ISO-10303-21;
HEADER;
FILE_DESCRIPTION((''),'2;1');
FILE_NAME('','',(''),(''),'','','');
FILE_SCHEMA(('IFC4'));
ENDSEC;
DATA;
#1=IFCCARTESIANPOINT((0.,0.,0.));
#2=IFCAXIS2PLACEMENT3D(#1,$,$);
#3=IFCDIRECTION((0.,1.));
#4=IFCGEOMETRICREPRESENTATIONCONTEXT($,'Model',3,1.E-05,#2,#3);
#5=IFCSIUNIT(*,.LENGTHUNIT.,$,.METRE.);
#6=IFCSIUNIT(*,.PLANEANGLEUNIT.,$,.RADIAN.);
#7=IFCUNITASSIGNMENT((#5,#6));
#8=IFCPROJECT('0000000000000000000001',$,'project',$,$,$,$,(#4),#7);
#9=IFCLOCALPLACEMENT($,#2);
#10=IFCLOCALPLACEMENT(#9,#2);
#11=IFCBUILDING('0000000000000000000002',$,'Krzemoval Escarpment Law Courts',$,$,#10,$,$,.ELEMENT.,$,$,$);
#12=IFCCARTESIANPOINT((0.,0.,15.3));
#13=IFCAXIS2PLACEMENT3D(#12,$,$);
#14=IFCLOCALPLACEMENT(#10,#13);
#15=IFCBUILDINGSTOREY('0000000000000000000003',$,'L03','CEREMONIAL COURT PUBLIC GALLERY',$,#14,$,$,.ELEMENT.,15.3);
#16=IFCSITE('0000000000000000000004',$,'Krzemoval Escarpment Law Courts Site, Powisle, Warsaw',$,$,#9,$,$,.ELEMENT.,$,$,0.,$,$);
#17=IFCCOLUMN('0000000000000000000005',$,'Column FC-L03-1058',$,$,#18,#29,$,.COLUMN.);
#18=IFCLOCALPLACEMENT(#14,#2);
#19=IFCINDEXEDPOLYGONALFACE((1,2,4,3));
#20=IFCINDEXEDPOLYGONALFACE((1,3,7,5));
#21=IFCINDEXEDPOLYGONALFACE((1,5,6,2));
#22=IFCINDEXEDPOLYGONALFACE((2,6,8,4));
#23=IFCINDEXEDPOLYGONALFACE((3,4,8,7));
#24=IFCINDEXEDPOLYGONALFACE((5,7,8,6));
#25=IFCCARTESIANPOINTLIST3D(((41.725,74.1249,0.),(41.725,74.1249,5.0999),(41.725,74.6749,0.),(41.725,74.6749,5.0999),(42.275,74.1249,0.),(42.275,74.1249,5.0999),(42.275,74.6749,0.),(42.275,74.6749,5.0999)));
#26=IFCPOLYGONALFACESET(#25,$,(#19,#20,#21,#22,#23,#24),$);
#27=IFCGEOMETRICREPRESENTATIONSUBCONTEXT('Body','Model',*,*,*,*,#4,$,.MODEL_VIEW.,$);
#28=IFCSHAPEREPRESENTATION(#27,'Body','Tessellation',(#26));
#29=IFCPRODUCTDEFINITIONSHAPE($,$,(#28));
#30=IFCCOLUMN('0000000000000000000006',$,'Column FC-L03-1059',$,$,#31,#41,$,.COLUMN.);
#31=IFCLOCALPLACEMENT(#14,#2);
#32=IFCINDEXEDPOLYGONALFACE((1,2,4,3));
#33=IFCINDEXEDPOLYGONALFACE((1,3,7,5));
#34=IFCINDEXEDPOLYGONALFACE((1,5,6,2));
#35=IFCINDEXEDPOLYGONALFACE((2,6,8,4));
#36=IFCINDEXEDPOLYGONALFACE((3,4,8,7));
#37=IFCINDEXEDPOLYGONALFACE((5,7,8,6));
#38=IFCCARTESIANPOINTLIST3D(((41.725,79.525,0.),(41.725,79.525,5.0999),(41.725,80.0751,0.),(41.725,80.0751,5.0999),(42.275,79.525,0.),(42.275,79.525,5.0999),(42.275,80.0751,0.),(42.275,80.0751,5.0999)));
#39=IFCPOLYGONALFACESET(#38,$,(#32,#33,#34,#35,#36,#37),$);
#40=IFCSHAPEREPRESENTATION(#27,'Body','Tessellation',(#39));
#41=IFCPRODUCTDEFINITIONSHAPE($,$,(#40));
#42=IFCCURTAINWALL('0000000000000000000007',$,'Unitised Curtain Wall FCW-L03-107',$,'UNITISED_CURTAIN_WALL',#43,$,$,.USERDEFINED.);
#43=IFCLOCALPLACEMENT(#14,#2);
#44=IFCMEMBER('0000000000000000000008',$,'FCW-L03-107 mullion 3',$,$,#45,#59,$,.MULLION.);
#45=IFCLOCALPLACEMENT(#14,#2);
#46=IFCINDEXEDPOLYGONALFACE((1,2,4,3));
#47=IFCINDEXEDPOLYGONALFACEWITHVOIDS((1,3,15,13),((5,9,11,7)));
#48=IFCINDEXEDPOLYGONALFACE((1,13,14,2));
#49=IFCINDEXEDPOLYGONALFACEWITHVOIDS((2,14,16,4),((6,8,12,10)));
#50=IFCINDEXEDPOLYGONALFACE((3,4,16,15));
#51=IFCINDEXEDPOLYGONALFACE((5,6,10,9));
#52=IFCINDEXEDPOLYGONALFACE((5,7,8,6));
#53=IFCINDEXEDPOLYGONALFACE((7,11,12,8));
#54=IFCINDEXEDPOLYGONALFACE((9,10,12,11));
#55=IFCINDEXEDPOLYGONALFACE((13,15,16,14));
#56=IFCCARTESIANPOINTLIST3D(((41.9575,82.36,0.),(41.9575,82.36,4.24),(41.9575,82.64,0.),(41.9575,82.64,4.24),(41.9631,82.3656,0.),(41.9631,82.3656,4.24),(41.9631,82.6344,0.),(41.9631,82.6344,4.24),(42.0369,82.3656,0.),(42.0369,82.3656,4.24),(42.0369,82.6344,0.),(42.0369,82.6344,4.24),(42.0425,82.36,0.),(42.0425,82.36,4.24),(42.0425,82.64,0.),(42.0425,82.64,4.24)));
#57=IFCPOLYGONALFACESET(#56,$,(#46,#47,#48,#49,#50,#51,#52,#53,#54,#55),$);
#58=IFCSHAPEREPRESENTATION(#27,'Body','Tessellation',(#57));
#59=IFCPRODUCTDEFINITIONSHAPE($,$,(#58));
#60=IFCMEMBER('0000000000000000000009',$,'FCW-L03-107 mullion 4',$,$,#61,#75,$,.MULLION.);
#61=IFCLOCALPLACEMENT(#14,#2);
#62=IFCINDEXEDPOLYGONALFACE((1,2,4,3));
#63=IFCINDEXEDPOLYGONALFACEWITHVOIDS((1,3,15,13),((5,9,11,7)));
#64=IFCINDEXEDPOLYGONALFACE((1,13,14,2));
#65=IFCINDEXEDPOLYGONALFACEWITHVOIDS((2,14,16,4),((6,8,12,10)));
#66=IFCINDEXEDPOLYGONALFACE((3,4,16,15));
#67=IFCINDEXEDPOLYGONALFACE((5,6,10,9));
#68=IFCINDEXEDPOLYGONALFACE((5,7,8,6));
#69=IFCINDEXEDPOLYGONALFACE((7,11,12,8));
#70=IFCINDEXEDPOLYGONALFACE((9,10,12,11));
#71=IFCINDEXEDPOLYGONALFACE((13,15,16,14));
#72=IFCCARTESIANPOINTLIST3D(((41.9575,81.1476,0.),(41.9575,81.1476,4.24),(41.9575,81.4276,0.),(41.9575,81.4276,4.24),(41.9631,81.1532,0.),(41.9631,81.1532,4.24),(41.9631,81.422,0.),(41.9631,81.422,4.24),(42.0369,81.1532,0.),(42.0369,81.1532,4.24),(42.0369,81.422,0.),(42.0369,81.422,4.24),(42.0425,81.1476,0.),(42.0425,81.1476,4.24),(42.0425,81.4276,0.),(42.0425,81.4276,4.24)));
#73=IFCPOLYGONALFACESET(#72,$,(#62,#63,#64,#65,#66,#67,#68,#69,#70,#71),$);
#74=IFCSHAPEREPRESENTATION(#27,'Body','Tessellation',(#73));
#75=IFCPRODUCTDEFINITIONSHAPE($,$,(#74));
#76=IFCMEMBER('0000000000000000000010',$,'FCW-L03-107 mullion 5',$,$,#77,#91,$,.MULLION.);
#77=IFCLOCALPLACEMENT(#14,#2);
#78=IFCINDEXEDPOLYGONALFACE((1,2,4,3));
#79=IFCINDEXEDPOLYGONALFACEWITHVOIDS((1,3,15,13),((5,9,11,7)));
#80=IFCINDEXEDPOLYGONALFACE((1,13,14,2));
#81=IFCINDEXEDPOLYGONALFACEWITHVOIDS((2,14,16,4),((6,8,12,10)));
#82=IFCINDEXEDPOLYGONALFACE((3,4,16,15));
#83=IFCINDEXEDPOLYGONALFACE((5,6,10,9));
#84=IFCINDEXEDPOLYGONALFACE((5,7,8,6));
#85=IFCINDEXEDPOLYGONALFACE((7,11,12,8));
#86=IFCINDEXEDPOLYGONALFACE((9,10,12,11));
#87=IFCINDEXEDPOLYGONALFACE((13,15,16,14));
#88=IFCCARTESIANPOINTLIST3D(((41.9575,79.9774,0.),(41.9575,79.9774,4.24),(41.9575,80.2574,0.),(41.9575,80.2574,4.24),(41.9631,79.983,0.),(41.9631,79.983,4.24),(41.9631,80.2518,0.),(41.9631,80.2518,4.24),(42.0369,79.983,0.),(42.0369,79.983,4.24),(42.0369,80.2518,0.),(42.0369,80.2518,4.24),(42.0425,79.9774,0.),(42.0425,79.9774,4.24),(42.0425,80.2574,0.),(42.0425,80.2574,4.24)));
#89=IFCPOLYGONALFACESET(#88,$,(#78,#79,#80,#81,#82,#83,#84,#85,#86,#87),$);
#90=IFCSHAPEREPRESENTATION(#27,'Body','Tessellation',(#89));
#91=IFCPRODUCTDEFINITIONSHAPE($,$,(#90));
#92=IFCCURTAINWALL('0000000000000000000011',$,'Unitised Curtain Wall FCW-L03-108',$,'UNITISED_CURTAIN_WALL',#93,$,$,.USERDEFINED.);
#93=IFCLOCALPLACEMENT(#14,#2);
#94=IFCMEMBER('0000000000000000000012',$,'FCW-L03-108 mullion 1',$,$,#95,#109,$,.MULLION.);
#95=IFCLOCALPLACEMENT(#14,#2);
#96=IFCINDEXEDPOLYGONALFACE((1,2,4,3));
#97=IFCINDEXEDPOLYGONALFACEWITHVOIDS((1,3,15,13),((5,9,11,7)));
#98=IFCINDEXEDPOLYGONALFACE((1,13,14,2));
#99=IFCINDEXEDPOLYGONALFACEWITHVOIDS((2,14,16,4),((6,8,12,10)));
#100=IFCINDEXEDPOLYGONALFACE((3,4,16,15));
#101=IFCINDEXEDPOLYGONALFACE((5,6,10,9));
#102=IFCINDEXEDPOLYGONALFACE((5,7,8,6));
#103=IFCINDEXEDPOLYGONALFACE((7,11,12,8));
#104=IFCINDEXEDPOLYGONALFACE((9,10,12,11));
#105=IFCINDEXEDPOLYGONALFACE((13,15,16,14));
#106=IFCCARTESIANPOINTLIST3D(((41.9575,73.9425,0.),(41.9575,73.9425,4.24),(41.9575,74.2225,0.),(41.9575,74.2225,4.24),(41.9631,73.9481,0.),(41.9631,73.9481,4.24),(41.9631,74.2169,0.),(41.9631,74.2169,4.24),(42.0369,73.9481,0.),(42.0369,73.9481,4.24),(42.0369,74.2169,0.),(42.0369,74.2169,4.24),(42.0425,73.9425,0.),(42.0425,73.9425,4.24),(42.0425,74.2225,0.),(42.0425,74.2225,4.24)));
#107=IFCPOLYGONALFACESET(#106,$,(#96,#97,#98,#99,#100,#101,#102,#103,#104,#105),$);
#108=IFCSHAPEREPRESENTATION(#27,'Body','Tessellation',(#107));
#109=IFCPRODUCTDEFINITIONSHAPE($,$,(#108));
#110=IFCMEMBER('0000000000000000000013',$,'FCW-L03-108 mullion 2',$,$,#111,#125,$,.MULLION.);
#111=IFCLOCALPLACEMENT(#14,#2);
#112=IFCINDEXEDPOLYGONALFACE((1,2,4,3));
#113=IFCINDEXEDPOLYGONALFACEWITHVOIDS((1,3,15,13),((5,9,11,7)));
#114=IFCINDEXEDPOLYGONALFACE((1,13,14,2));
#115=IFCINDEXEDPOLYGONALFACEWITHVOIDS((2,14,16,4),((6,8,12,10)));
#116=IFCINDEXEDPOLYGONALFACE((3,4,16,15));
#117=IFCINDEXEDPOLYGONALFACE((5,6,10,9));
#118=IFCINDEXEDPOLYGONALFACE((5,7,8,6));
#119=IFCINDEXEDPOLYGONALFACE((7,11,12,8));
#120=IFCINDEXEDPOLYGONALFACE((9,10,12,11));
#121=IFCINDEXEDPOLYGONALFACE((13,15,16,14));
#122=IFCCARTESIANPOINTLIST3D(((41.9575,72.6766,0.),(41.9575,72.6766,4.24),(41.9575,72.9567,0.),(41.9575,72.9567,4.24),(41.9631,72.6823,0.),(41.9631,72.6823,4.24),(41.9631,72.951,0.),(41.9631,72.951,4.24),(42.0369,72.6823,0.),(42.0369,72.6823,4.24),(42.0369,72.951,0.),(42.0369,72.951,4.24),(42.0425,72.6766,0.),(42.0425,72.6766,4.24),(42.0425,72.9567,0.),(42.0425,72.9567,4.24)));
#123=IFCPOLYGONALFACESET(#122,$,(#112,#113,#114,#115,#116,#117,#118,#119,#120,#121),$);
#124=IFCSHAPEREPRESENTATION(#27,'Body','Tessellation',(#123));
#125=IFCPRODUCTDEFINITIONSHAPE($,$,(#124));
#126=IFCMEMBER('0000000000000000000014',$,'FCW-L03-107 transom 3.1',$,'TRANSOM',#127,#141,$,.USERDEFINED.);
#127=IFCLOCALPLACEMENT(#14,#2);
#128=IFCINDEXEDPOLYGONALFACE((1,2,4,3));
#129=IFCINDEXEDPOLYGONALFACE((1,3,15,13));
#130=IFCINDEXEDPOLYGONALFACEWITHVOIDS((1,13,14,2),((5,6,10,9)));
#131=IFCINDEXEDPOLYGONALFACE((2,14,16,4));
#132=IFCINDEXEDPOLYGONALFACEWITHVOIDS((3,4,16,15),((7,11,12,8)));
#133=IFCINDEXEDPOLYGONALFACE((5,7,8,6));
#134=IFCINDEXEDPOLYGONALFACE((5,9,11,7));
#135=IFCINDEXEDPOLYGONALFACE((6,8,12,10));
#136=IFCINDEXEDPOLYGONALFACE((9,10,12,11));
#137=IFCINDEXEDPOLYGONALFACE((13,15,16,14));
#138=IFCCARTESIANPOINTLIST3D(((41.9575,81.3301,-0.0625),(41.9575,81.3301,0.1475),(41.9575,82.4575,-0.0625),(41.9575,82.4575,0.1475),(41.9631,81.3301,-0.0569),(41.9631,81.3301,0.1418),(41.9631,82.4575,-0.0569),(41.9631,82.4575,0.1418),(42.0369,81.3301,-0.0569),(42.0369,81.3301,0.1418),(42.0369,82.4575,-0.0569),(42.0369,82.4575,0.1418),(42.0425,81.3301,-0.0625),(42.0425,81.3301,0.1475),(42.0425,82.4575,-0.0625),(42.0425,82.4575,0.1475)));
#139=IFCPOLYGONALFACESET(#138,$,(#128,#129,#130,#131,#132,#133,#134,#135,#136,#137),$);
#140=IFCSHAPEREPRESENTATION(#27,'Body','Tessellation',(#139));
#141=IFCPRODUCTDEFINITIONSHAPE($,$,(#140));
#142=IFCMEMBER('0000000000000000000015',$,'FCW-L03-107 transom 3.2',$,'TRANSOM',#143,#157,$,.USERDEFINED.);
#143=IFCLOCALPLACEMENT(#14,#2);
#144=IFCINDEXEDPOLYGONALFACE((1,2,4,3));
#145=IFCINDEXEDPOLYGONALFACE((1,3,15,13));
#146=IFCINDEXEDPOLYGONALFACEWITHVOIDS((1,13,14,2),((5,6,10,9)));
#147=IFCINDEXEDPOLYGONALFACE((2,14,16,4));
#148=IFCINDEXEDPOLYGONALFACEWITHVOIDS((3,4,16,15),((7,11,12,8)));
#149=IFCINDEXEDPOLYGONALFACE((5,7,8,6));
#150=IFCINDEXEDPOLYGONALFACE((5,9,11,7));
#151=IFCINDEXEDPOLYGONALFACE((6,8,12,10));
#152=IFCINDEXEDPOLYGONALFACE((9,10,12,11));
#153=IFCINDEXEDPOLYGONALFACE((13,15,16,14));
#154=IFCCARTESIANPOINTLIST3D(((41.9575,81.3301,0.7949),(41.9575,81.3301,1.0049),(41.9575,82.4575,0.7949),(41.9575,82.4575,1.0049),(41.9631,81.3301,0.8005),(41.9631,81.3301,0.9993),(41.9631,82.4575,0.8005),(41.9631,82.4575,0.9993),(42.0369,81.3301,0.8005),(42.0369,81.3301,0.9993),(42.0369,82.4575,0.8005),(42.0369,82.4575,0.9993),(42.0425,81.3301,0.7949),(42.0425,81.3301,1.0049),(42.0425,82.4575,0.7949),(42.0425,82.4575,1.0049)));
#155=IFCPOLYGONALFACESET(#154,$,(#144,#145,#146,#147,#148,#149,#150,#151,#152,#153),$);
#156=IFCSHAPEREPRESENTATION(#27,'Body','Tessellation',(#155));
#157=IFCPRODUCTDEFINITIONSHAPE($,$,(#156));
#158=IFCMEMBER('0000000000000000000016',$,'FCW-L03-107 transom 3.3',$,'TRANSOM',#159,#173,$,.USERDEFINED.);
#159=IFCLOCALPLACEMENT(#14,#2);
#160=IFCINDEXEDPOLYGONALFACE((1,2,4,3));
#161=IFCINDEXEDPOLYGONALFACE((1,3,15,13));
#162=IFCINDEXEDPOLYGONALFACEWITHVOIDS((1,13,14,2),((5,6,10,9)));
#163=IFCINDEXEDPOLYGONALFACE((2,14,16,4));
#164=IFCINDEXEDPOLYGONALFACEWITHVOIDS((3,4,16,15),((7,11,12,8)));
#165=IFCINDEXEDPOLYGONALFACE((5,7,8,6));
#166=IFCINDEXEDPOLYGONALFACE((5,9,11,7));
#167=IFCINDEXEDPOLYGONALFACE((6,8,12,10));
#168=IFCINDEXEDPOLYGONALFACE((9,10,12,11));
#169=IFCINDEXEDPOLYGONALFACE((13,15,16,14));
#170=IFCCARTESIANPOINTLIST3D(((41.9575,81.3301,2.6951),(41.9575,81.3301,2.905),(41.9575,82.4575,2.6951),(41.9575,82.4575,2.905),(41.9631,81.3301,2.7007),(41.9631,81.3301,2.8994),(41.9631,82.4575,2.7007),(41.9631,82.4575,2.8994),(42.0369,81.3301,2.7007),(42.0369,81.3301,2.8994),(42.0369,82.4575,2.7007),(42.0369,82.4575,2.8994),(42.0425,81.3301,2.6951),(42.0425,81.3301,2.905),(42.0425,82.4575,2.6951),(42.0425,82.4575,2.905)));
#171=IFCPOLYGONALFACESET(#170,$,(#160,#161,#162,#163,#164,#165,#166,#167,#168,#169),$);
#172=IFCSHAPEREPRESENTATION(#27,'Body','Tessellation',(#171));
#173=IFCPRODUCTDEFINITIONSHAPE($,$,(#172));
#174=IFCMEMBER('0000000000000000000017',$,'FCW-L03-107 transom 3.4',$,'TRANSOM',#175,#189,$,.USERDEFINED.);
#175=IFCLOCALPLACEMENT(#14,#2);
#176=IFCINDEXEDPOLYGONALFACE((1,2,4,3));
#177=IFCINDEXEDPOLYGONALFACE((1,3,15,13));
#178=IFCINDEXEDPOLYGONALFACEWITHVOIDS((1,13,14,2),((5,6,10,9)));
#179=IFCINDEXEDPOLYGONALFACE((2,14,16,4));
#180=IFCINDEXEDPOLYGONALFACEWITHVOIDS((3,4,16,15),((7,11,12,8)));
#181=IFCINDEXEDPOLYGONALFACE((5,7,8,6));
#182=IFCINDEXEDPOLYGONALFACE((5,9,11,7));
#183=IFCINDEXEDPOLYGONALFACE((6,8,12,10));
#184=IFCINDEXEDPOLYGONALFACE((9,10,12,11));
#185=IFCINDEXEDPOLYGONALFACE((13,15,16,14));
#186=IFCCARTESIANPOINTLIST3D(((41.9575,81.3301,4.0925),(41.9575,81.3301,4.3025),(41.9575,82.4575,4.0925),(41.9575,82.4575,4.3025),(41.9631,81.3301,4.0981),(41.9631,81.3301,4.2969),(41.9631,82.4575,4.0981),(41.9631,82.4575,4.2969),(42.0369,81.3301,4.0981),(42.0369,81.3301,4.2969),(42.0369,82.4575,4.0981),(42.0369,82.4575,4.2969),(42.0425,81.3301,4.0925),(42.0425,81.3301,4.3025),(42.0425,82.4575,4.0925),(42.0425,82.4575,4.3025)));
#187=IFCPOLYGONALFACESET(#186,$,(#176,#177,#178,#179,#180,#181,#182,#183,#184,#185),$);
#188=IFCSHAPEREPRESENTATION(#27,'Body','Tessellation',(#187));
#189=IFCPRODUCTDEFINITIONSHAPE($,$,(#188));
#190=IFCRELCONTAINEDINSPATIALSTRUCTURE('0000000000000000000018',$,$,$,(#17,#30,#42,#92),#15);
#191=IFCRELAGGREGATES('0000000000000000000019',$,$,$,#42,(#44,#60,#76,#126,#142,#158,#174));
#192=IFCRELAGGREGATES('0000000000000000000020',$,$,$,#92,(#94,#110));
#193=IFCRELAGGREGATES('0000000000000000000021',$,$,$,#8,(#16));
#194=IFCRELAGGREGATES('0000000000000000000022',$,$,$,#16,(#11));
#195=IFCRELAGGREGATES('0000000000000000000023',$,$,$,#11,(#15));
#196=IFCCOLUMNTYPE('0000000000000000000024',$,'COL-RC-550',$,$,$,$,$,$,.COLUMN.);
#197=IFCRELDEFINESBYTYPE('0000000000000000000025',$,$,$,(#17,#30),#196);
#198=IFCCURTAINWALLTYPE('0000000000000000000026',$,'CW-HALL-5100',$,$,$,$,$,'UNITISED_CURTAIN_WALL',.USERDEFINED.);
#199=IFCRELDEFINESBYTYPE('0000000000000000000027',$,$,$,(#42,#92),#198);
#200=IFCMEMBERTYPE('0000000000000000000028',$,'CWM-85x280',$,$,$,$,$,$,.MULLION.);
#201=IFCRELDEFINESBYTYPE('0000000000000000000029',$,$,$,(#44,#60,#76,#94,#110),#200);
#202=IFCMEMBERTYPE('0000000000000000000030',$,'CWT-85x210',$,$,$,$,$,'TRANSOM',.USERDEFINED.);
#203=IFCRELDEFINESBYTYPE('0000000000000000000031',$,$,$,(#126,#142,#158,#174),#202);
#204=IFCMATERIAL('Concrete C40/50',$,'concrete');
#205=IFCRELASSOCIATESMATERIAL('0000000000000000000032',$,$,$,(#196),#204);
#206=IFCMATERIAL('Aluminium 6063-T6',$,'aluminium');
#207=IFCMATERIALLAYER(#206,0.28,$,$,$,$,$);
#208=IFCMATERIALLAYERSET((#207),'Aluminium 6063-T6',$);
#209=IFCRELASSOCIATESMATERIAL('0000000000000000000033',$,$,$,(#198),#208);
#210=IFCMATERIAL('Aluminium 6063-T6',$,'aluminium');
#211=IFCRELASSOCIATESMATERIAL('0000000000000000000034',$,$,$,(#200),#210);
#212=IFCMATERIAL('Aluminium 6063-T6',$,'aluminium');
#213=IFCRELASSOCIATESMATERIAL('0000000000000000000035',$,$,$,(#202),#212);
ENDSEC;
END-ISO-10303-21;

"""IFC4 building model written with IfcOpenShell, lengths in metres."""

from ifc_helpers import new_model, si_unit, direction, frame, origin, origin_2d, place, context, subcontext, project, spatial, rectangle, hollow_rectangle, extrude, material, layer, layer_set, material_profile, profile_set, type_object, element, aggregate, save


model = new_model("IFC4")

# Units and contexts
model_context = context("Model", 3, precision=1e-05, world=origin(), true_north=direction((0.0, 1.0)))
body_context = subcontext(model_context, "Body", "Model", "MODEL_VIEW")
ifc_project = project(units=[si_unit("LENGTHUNIT", "METRE"), si_unit("PLANEANGLEUNIT", "RADIAN")], contexts=[model_context])

# Site, building, storey
site_placement = place(None, origin())
site = spatial("IfcSite", under=ifc_project, at=site_placement, Name="Krzemoval Escarpment Law Courts Site, Powisle, Warsaw", CompositionType="ELEMENT", RefElevation=0.0)
building_placement = place(site_placement, origin())
building = spatial("IfcBuilding", under=site, at=building_placement, Name="Krzemoval Escarpment Law Courts", CompositionType="ELEMENT")
storey_placement = place(building_placement, frame((0.0, 0.0, 15.3)))
storey = spatial("IfcBuildingStorey", under=building, at=storey_placement, Name="L03", Description="CEREMONIAL COURT PUBLIC GALLERY", CompositionType="ELEMENT", Elevation=15.3)

# Columns
ifc_material_1 = material(Name="Concrete C40/50", Category="concrete")
ifc_material_profile_1 = material_profile(ifc_material_1, rectangle(XDim=0.55, YDim=0.55, at=origin_2d()), Name="RC 550x550")
ifc_profile_set_1 = profile_set([ifc_material_profile_1], Name="Concrete C40/50")
column_type = type_object("IfcColumnType", Name="COL-RC-550", PredefinedType="COLUMN", material=ifc_profile_set_1)
for number, where, z_axis, x_axis, name in (
    (1, (42.0, 74.3999, 0.0), (0.0, 0.0, 1.0), (1.0, 0.0, 0.0), "Column FC-L03-1058"),
    (2, (42.0, 79.8, 0.0), (0.0, 0.0, 1.0), (1.0, 0.0, 0.0), "Column FC-L03-1059"),
):
    element("IfcColumn", number, at=place(storey_placement, frame(where, z_axis=z_axis, x_axis=x_axis)), inside=storey, type_object=column_type, Name=name, PredefinedType="COLUMN", context=body_context, shape_type="SweptSolid", body=[
        extrude(rectangle(XDim=0.55, YDim=0.55, at=origin_2d()), origin(), (0.0, 0.0, 1.0), 5.0999),
    ])

# Curtain walls, members
ifc_material_2 = material(Name="Aluminium 6063-T6", Category="aluminium")
ifc_layer_1 = layer(ifc_material_2, 0.28)
ifc_layer_set_1 = layer_set([ifc_layer_1], Name="Aluminium 6063-T6")
curtain_wall_type = type_object("IfcCurtainWallType", Name="CW-HALL-5100", ElementType="UNITISED_CURTAIN_WALL", PredefinedType="USERDEFINED", material=ifc_layer_set_1)
curtain_wall_1_placement = place(storey_placement, origin())
curtain_wall_1 = element("IfcCurtainWall", 3, at=curtain_wall_1_placement, inside=storey, type_object=curtain_wall_type, Name="Unitised Curtain Wall FCW-L03-107", ObjectType="UNITISED_CURTAIN_WALL", PredefinedType="USERDEFINED")
ifc_material_3 = material(Name="Aluminium 6063-T6", Category="aluminium")
ifc_material_profile_2 = material_profile(ifc_material_3, hollow_rectangle(XDim=0.085, YDim=0.28, WallThickness=0.0056, at=origin_2d()), Name="ALU M85x280")
ifc_profile_set_2 = profile_set([ifc_material_profile_2], Name="Aluminium 6063-T6")
member_type_1 = type_object("IfcMemberType", Name="CWM-85x280", PredefinedType="MULLION", material=ifc_profile_set_2)
member_1_placement = place(storey_placement, frame((42.0, 82.5, 0.0), z_axis=(0.0, 0.0, 1.0), x_axis=(1.0, 0.0, 0.0)))
member_1 = element("IfcMember", 4, at=member_1_placement, type_object=member_type_1, Name="FCW-L03-107 mullion 3", PredefinedType="MULLION", context=body_context, shape_type="SweptSolid", body=[
    extrude(hollow_rectangle(XDim=0.085, YDim=0.28, WallThickness=0.0056, at=origin_2d()), origin(), (0.0, 0.0, 1.0), 4.24),
])
member_2_placement = place(storey_placement, frame((42.0, 81.2876, 0.0), z_axis=(0.0, 0.0, 1.0), x_axis=(1.0, 0.0, 0.0)))
member_2 = element("IfcMember", 5, at=member_2_placement, type_object=member_type_1, Name="FCW-L03-107 mullion 4", PredefinedType="MULLION", context=body_context, shape_type="SweptSolid", body=[
    extrude(hollow_rectangle(XDim=0.085, YDim=0.28, WallThickness=0.0056, at=origin_2d()), origin(), (0.0, 0.0, 1.0), 4.24),
])
member_3_placement = place(storey_placement, frame((42.0, 80.1174, 0.0), z_axis=(0.0, 0.0, 1.0), x_axis=(1.0, 0.0, 0.0)))
member_3 = element("IfcMember", 6, at=member_3_placement, type_object=member_type_1, Name="FCW-L03-107 mullion 5", PredefinedType="MULLION", context=body_context, shape_type="SweptSolid", body=[
    extrude(hollow_rectangle(XDim=0.085, YDim=0.28, WallThickness=0.0056, at=origin_2d()), origin(), (0.0, 0.0, 1.0), 4.24),
])
curtain_wall_2_placement = place(storey_placement, origin())
curtain_wall_2 = element("IfcCurtainWall", 7, at=curtain_wall_2_placement, inside=storey, type_object=curtain_wall_type, Name="Unitised Curtain Wall FCW-L03-108", ObjectType="UNITISED_CURTAIN_WALL", PredefinedType="USERDEFINED")
member_4_placement = place(storey_placement, frame((42.0, 74.0825, 0.0), z_axis=(0.0, 0.0, 1.0), x_axis=(1.0, 0.0, 0.0)))
member_4 = element("IfcMember", 8, at=member_4_placement, type_object=member_type_1, Name="FCW-L03-108 mullion 1", PredefinedType="MULLION", context=body_context, shape_type="SweptSolid", body=[
    extrude(hollow_rectangle(XDim=0.085, YDim=0.28, WallThickness=0.0056, at=origin_2d()), origin(), (0.0, 0.0, 1.0), 4.24),
])
member_5_placement = place(storey_placement, frame((42.0, 72.8167, 0.0), z_axis=(0.0, 0.0, 1.0), x_axis=(1.0, 0.0, 0.0)))
member_5 = element("IfcMember", 9, at=member_5_placement, type_object=member_type_1, Name="FCW-L03-108 mullion 2", PredefinedType="MULLION", context=body_context, shape_type="SweptSolid", body=[
    extrude(hollow_rectangle(XDim=0.085, YDim=0.28, WallThickness=0.0056, at=origin_2d()), origin(), (0.0, 0.0, 1.0), 4.24),
])

# Members
ifc_material_4 = material(Name="Aluminium 6063-T6", Category="aluminium")
ifc_material_profile_3 = material_profile(ifc_material_4, hollow_rectangle(XDim=0.085, YDim=0.21, WallThickness=0.0056, at=origin_2d()), Name="ALU T85x210")
ifc_profile_set_3 = profile_set([ifc_material_profile_3], Name="Aluminium 6063-T6")
member_type_2 = type_object("IfcMemberType", Name="CWT-85x210", ElementType="TRANSOM", PredefinedType="USERDEFINED", material=ifc_profile_set_3)
member_6_placement = place(storey_placement, frame((42.0, 82.4575, 0.0425), z_axis=(0.0, -1.0, 0.0), x_axis=(1.0, 0.0, 0.0)))
member_6 = element("IfcMember", 10, at=member_6_placement, type_object=member_type_2, Name="FCW-L03-107 transom 3.1", ObjectType="TRANSOM", PredefinedType="USERDEFINED", context=body_context, shape_type="SweptSolid", body=[
    extrude(hollow_rectangle(XDim=0.085, YDim=0.21, WallThickness=0.0056, at=origin_2d()), origin(), (0.0, 0.0, 1.0), 1.1274),
])
member_7_placement = place(storey_placement, frame((42.0, 82.4575, 0.8999), z_axis=(0.0, -1.0, 0.0), x_axis=(1.0, 0.0, 0.0)))
member_7 = element("IfcMember", 11, at=member_7_placement, type_object=member_type_2, Name="FCW-L03-107 transom 3.2", ObjectType="TRANSOM", PredefinedType="USERDEFINED", context=body_context, shape_type="SweptSolid", body=[
    extrude(hollow_rectangle(XDim=0.085, YDim=0.21, WallThickness=0.0056, at=origin_2d()), origin(), (0.0, 0.0, 1.0), 1.1274),
])
member_8_placement = place(storey_placement, frame((42.0, 82.4575, 2.8), z_axis=(0.0, -1.0, 0.0), x_axis=(1.0, 0.0, 0.0)))
member_8 = element("IfcMember", 12, at=member_8_placement, type_object=member_type_2, Name="FCW-L03-107 transom 3.3", ObjectType="TRANSOM", PredefinedType="USERDEFINED", context=body_context, shape_type="SweptSolid", body=[
    extrude(hollow_rectangle(XDim=0.085, YDim=0.21, WallThickness=0.0056, at=origin_2d()), origin(), (0.0, 0.0, 1.0), 1.1274),
])
member_9_placement = place(storey_placement, frame((42.0, 82.4575, 4.1975), z_axis=(0.0, -1.0, 0.0), x_axis=(1.0, 0.0, 0.0)))
member_9 = element("IfcMember", 13, at=member_9_placement, type_object=member_type_2, Name="FCW-L03-107 transom 3.4", ObjectType="TRANSOM", PredefinedType="USERDEFINED", context=body_context, shape_type="SweptSolid", body=[
    extrude(hollow_rectangle(XDim=0.085, YDim=0.21, WallThickness=0.0056, at=origin_2d()), origin(), (0.0, 0.0, 1.0), 1.1274),
])

aggregate(curtain_wall_1, [member_1, member_2, member_3, member_6, member_7, member_8, member_9])
aggregate(curtain_wall_2, [member_4, member_5])

save(model, "model.ifc")
